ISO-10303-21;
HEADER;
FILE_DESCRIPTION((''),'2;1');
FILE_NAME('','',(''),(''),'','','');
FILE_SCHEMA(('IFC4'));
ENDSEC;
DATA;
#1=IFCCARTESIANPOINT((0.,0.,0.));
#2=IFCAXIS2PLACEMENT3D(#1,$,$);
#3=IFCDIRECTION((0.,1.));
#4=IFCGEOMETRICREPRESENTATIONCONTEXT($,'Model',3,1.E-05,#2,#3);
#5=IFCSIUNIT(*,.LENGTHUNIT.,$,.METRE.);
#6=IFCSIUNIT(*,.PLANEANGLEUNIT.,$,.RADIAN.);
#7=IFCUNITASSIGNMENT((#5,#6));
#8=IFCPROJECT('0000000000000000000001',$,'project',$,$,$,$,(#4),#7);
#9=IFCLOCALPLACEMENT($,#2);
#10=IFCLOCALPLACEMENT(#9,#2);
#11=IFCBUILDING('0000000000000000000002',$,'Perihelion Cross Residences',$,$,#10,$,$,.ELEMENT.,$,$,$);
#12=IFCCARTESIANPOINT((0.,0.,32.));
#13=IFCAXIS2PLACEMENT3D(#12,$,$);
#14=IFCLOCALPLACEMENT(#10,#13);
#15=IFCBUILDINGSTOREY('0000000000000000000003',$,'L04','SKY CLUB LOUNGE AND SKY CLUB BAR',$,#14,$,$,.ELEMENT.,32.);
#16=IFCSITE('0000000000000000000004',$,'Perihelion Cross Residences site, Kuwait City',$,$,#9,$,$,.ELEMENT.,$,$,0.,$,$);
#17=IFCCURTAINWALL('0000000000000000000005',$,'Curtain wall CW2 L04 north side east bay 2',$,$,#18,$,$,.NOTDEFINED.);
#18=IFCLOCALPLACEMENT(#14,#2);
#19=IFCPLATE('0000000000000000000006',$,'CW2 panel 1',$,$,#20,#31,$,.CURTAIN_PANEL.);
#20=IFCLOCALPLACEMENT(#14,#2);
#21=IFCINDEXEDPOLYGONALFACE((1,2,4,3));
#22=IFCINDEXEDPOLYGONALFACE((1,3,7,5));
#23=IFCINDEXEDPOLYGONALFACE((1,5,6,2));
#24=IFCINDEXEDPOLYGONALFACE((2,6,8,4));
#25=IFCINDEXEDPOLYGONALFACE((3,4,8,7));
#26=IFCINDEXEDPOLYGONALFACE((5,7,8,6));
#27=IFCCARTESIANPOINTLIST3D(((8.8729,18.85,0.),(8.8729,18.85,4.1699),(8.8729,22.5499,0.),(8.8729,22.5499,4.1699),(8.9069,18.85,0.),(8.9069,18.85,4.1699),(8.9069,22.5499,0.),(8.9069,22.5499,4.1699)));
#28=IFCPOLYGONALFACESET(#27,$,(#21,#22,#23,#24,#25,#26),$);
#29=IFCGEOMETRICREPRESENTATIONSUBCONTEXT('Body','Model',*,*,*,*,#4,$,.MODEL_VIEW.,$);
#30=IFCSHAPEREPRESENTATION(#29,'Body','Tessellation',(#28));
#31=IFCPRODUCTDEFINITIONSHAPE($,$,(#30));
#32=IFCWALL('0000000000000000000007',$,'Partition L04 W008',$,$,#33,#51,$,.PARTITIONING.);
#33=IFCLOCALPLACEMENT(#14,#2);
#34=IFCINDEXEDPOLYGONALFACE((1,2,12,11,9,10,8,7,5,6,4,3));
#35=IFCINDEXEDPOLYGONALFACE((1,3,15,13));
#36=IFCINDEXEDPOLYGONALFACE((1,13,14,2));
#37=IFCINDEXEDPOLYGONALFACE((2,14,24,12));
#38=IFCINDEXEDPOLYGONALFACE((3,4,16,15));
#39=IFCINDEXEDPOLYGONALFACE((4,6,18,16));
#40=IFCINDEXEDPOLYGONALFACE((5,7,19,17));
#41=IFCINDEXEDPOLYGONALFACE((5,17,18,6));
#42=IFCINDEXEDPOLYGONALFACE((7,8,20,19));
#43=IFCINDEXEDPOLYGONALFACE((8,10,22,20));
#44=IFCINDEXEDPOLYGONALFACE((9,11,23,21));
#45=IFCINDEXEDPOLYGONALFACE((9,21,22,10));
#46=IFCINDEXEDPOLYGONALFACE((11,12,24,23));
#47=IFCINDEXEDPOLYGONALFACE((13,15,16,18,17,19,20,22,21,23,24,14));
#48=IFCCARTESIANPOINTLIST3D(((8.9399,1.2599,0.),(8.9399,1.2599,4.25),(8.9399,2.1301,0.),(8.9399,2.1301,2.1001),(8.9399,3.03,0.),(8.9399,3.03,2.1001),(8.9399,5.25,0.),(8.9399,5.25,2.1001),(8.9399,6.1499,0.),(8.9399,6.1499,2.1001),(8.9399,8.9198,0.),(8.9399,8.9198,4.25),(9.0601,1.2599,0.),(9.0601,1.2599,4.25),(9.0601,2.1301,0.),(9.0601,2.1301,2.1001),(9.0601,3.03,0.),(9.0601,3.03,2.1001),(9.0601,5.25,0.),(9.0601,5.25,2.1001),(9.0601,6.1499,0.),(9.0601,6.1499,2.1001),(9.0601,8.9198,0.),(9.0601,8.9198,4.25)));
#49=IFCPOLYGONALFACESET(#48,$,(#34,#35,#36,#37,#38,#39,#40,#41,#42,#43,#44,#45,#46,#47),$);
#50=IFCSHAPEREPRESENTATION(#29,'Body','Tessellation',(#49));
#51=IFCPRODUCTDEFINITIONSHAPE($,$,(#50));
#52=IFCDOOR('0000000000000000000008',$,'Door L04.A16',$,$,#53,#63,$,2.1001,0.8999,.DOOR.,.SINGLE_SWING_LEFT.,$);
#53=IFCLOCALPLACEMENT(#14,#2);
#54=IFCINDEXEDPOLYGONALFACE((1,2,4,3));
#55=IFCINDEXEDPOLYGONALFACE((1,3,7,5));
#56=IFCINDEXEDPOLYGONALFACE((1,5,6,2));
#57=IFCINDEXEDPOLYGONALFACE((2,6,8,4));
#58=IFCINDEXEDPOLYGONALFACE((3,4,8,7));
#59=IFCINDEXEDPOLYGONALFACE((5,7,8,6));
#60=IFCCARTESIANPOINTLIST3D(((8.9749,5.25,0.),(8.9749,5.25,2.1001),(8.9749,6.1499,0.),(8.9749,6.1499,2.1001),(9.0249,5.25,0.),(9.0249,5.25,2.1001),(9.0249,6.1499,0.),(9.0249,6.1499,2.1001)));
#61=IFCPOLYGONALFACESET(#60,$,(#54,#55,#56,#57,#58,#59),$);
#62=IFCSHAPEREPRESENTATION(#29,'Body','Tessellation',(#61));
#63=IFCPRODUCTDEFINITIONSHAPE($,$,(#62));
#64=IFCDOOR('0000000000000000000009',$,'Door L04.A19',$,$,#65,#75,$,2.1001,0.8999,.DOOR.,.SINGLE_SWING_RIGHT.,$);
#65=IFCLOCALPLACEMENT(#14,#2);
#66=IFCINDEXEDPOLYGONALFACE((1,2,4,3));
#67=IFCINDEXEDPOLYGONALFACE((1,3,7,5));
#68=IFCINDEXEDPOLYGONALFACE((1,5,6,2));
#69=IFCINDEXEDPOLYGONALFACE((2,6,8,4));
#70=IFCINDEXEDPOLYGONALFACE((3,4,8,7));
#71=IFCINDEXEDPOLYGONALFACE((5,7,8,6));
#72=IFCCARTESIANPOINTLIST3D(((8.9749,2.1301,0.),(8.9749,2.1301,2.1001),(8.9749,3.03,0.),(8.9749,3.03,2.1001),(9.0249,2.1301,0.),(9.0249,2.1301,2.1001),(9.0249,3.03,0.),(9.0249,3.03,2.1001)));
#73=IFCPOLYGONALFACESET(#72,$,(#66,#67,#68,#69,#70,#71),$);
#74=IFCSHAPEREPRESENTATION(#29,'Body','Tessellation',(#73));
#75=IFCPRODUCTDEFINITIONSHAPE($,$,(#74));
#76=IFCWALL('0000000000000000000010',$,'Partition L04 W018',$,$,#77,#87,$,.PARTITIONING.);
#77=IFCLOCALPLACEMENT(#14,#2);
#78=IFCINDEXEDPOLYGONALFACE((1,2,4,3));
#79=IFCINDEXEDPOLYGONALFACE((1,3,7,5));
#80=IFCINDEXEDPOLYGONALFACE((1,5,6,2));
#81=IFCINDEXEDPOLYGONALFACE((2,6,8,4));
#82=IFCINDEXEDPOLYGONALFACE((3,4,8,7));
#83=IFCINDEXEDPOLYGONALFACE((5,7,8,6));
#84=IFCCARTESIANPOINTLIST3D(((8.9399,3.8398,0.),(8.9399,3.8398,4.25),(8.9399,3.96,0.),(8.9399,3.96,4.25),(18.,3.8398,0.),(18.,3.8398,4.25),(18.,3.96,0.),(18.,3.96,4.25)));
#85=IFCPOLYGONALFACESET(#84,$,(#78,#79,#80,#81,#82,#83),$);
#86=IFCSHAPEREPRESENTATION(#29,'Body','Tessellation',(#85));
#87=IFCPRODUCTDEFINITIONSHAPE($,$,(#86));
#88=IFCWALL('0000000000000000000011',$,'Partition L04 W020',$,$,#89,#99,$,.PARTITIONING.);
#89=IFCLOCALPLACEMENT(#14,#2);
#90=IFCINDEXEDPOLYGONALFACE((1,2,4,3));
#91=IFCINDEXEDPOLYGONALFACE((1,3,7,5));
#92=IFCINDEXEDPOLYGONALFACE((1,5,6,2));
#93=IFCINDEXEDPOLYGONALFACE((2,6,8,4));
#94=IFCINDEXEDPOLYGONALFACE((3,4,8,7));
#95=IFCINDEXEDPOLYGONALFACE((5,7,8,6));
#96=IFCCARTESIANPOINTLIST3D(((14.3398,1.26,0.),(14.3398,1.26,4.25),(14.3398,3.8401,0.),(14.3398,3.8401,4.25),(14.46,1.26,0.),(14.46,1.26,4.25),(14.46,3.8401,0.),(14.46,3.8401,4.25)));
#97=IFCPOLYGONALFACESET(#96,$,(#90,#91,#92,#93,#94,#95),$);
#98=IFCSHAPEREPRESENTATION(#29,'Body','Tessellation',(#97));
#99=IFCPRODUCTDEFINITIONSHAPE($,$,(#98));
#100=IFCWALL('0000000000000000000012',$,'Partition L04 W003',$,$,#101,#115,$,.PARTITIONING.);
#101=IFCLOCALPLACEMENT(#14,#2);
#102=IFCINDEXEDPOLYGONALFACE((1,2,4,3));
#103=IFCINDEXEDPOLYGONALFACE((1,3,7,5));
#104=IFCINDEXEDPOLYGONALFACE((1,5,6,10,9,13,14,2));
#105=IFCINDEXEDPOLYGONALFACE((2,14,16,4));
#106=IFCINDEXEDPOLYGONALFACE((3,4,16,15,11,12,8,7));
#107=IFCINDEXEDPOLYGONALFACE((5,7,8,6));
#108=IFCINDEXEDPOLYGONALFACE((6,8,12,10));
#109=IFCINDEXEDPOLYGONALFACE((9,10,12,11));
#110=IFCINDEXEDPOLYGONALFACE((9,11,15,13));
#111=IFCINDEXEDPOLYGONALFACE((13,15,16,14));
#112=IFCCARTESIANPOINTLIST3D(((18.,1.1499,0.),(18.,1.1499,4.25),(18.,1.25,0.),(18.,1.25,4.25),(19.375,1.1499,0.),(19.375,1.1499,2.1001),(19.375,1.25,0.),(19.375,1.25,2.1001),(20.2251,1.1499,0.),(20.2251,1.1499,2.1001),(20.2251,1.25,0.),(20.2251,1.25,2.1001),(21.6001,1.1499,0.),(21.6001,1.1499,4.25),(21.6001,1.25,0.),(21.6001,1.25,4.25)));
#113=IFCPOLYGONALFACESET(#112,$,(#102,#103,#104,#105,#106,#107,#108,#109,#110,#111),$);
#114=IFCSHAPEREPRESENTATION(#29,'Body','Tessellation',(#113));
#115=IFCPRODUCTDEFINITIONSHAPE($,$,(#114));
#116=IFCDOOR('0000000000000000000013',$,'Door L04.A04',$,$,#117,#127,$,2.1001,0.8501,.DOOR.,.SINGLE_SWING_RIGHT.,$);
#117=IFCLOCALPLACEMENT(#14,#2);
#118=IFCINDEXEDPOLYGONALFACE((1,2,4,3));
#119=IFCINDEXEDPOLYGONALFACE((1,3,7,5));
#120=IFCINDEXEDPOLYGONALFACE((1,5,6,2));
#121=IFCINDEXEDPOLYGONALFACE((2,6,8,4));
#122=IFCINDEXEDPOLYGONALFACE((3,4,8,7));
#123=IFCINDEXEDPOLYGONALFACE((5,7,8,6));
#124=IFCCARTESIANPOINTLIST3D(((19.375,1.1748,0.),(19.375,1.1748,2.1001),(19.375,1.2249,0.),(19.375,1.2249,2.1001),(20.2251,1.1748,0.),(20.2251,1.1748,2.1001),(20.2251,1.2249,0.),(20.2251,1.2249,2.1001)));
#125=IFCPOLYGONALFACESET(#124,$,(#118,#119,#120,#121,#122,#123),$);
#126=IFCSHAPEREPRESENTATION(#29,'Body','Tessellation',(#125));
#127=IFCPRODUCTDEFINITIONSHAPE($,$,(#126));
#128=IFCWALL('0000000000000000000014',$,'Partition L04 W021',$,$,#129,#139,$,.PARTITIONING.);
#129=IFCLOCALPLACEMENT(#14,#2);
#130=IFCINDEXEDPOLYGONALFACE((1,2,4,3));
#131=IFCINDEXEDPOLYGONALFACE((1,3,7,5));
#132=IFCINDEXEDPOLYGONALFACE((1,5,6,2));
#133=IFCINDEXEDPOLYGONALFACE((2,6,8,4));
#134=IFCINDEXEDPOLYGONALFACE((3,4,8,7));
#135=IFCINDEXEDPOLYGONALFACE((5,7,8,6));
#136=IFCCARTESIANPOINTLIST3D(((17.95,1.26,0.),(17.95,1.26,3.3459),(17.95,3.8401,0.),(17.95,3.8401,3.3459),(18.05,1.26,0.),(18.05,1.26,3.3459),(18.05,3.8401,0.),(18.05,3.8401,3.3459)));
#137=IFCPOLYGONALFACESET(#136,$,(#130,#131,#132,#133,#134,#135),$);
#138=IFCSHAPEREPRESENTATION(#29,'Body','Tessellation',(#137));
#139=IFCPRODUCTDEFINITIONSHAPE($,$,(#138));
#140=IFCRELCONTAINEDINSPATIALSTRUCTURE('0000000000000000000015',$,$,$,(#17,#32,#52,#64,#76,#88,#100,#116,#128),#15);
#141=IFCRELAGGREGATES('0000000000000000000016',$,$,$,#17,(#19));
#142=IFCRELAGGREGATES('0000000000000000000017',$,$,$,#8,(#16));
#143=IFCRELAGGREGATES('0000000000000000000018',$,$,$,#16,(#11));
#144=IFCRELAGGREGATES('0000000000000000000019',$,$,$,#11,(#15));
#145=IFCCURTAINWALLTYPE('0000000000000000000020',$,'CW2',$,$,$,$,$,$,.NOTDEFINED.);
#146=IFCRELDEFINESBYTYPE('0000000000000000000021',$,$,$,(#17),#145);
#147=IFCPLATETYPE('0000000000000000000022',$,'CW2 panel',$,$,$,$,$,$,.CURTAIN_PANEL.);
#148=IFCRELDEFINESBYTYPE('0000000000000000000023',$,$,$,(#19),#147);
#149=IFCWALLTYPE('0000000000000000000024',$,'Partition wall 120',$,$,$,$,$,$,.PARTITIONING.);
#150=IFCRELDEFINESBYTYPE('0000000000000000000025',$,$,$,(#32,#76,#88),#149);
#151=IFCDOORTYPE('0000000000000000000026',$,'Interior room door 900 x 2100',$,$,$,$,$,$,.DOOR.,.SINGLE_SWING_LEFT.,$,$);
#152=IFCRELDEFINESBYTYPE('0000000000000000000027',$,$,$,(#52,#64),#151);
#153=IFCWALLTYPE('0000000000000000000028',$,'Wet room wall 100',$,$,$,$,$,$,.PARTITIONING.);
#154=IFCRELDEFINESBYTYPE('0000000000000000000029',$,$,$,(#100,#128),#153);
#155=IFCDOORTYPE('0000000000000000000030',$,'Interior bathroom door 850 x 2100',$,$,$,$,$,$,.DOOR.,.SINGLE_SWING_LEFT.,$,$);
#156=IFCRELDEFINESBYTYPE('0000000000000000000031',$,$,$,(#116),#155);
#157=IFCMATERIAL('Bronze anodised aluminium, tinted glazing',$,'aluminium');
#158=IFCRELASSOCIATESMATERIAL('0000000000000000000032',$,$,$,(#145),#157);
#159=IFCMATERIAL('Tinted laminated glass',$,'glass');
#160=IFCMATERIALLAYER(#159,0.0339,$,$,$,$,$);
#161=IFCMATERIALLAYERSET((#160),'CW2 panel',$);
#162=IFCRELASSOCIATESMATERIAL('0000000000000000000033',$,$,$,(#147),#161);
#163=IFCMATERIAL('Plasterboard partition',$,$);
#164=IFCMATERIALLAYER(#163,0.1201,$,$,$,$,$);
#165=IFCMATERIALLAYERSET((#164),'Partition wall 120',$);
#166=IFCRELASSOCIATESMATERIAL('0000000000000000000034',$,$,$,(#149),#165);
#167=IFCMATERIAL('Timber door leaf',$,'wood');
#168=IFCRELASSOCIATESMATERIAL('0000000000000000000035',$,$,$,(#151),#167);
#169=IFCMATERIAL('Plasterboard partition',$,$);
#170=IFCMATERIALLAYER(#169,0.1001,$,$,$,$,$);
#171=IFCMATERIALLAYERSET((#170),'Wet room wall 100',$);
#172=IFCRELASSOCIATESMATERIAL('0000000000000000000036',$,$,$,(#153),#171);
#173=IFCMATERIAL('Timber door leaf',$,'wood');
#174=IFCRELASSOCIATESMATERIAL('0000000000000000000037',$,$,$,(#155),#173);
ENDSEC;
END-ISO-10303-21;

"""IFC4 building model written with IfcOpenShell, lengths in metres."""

from ifc_helpers import new_model, si_unit, direction, frame, frame_2d, origin, origin_2d, place, context, subcontext, project, spatial, rectangle, extrude, material, layer, layer_set, type_object, element, fill, aggregate, save


model = new_model("IFC4")

# Units and contexts
model_context = context("Model", 3, precision=1e-05, world=origin(), true_north=direction((0.0, 1.0)))
body_context = subcontext(model_context, "Body", "Model", "MODEL_VIEW")
ifc_project = project(units=[si_unit("LENGTHUNIT", "METRE"), si_unit("PLANEANGLEUNIT", "RADIAN")], contexts=[model_context])

# Site, building, storey
site_placement = place(None, origin())
site = spatial("IfcSite", under=ifc_project, at=site_placement, Name="Perihelion Cross Residences site, Kuwait City", CompositionType="ELEMENT", RefElevation=0.0)
building_placement = place(site_placement, origin())
building = spatial("IfcBuilding", under=site, at=building_placement, Name="Perihelion Cross Residences", CompositionType="ELEMENT")
storey_placement = place(building_placement, frame((0.0, 0.0, 32.0)))
storey = spatial("IfcBuildingStorey", under=building, at=storey_placement, Name="L04", Description="SKY CLUB LOUNGE AND SKY CLUB BAR", CompositionType="ELEMENT", Elevation=32.0)

# Shared definitions
ifc_material_1 = material(Name="Bronze anodised aluminium, tinted glazing", Category="aluminium")
curtain_wall_type = type_object("IfcCurtainWallType", Name="CW2", PredefinedType="NOTDEFINED", material=ifc_material_1)

# Curtain wall
curtain_wall_1_placement = place(storey_placement, origin())
curtain_wall_1 = element("IfcCurtainWall", 1, at=curtain_wall_1_placement, inside=storey, type_object=curtain_wall_type, Name="Curtain wall CW2 L04 north side east bay 2", PredefinedType="NOTDEFINED")

# Plate
ifc_material_2 = material(Name="Tinted laminated glass", Category="glass")
ifc_layer_1 = layer(ifc_material_2, 0.0339)
ifc_layer_set_1 = layer_set([ifc_layer_1], Name="CW2 panel")
plate_type = type_object("IfcPlateType", Name="CW2 panel", PredefinedType="CURTAIN_PANEL", material=ifc_layer_set_1)
plate_1_placement = place(storey_placement, frame((8.8899, 20.7, 0.0), z_axis=(0.0, 0.0, 1.0), x_axis=(0.0, 1.0, 0.0)))
plate_1 = element("IfcPlate", 2, at=plate_1_placement, type_object=plate_type, Name="CW2 panel 1", PredefinedType="CURTAIN_PANEL", context=body_context, shape_type="SweptSolid", body=[
    extrude(rectangle(XDim=3.7, YDim=0.0339, at=origin_2d()), origin(), (0.0, 0.0, 1.0), 4.1699),
])
aggregate(curtain_wall_1, [plate_1])

# Wall, openings, doors
ifc_material_3 = material(Name="Plasterboard partition")
ifc_layer_2 = layer(ifc_material_3, 0.1201)
ifc_layer_set_2 = layer_set([ifc_layer_2], Name="Partition wall 120")
wall_type_1 = type_object("IfcWallType", Name="Partition wall 120", PredefinedType="PARTITIONING", material=ifc_layer_set_2)
wall_1_placement = place(storey_placement, frame((9.0, 8.9199, 0.0), z_axis=(0.0, 0.0, 1.0), x_axis=(0.0, -1.0, 0.0)))
wall_1 = element("IfcWall", 3, at=wall_1_placement, inside=storey, type_object=wall_type_1, Name="Partition L04 W008", PredefinedType="PARTITIONING", context=body_context, shape_type="SweptSolid", body=[
    extrude(rectangle(XDim=7.6599, YDim=0.1201, at=frame_2d((3.8301, 0.0))), origin(), (0.0, 0.0, 1.0), 4.25),
])
opening_1_placement = place(wall_1_placement, frame((2.77, 0.0, 0.0)))
opening_1 = element("IfcOpeningElement", 4, at=opening_1_placement, cuts=wall_1, PredefinedType="OPENING", context=body_context, shape_type="SweptSolid", body=[
    extrude(rectangle(XDim=0.8999, YDim=2.1001, at=frame_2d((0.45, 1.05))), frame((0.0, 0.0701, 0.0), z_axis=(0.0, -1.0, 0.0), x_axis=(1.0, 0.0, 0.0)), (0.0, 0.0, 1.0), 0.1401),
])
opening_2_placement = place(wall_1_placement, frame((5.8899, 0.0, 0.0)))
opening_2 = element("IfcOpeningElement", 5, at=opening_2_placement, cuts=wall_1, PredefinedType="OPENING", context=body_context, shape_type="SweptSolid", body=[
    extrude(rectangle(XDim=0.8999, YDim=2.1001, at=frame_2d((0.45, 1.05))), frame((0.0, 0.0701, 0.0), z_axis=(0.0, -1.0, 0.0), x_axis=(1.0, 0.0, 0.0)), (0.0, 0.0, 1.0), 0.1401),
])
ifc_material_4 = material(Name="Timber door leaf", Category="wood")
door_type_1 = type_object("IfcDoorType", Name="Interior room door 900 x 2100", OperationType="SINGLE_SWING_LEFT", PredefinedType="DOOR", material=ifc_material_4)
door_1_placement = place(opening_1_placement, origin())
door_1 = element("IfcDoor", 6, at=door_1_placement, inside=storey, type_object=door_type_1, Name="Door L04.A16", OperationType="SINGLE_SWING_LEFT", OverallHeight=2.1001, OverallWidth=0.8999, PredefinedType="DOOR", context=body_context, shape_type="SweptSolid", body=[
    extrude(rectangle(XDim=0.8999, YDim=2.1001, at=frame_2d((0.45, 1.05))), frame((0.0, 0.0249, 0.0), z_axis=(0.0, -1.0, 0.0), x_axis=(1.0, 0.0, 0.0)), (0.0, 0.0, 1.0), 0.05),
])
fill(opening_1, door_1)
door_2_placement = place(opening_2_placement, origin())
door_2 = element("IfcDoor", 7, at=door_2_placement, inside=storey, type_object=door_type_1, Name="Door L04.A19", OperationType="SINGLE_SWING_RIGHT", OverallHeight=2.1001, OverallWidth=0.8999, PredefinedType="DOOR", context=body_context, shape_type="SweptSolid", body=[
    extrude(rectangle(XDim=0.8999, YDim=2.1001, at=frame_2d((0.45, 1.05))), frame((0.0, 0.0249, 0.0), z_axis=(0.0, -1.0, 0.0), x_axis=(1.0, 0.0, 0.0)), (0.0, 0.0, 1.0), 0.05),
])
fill(opening_2, door_2)

# Walls
wall_2_placement = place(storey_placement, frame((18.0, 3.8999, 0.0), z_axis=(0.0, 0.0, 1.0), x_axis=(-1.0, 0.0, 0.0)))
element("IfcWall", 8, at=wall_2_placement, inside=storey, type_object=wall_type_1, Name="Partition L04 W018", PredefinedType="PARTITIONING", context=body_context, shape_type="SweptSolid", body=[
    extrude(rectangle(XDim=9.0601, YDim=0.1201, at=frame_2d((4.53, 0.0))), origin(), (0.0, 0.0, 1.0), 4.25),
])
wall_3_placement = place(storey_placement, frame((14.3999, 3.8401, 0.0), z_axis=(0.0, 0.0, 1.0), x_axis=(0.0, -1.0, 0.0)))
element("IfcWall", 9, at=wall_3_placement, inside=storey, type_object=wall_type_1, Name="Partition L04 W020", PredefinedType="PARTITIONING", context=body_context, shape_type="SweptSolid", body=[
    extrude(rectangle(XDim=2.5801, YDim=0.1201, at=frame_2d((1.29, 0.0))), origin(), (0.0, 0.0, 1.0), 4.25),
])

# Wall, opening, door
ifc_material_5 = material(Name="Plasterboard partition")
ifc_layer_3 = layer(ifc_material_5, 0.1001)
ifc_layer_set_3 = layer_set([ifc_layer_3], Name="Wet room wall 100")
wall_type_2 = type_object("IfcWallType", Name="Wet room wall 100", PredefinedType="PARTITIONING", material=ifc_layer_set_3)
wall_4_placement = place(storey_placement, frame((18.0, 1.2, 0.0), z_axis=(0.0, 0.0, 1.0), x_axis=(1.0, 0.0, 0.0)))
wall_4 = element("IfcWall", 10, at=wall_4_placement, inside=storey, type_object=wall_type_2, Name="Partition L04 W003", PredefinedType="PARTITIONING", context=body_context, shape_type="SweptSolid", body=[
    extrude(rectangle(XDim=3.6001, YDim=0.1001, at=frame_2d((1.8, 0.0))), origin(), (0.0, 0.0, 1.0), 4.25),
])
opening_3_placement = place(wall_4_placement, frame((1.375, 0.0, 0.0)))
opening_3 = element("IfcOpeningElement", 11, at=opening_3_placement, cuts=wall_4, PredefinedType="OPENING", context=body_context, shape_type="SweptSolid", body=[
    extrude(rectangle(XDim=0.8501, YDim=2.1001, at=frame_2d((0.425, 1.05))), frame((0.0, 0.0601, 0.0), z_axis=(0.0, -1.0, 0.0), x_axis=(1.0, 0.0, 0.0)), (0.0, 0.0, 1.0), 0.1201),
])
ifc_material_6 = material(Name="Timber door leaf", Category="wood")
door_type_2 = type_object("IfcDoorType", Name="Interior bathroom door 850 x 2100", OperationType="SINGLE_SWING_LEFT", PredefinedType="DOOR", material=ifc_material_6)
door_3_placement = place(opening_3_placement, origin())
door_3 = element("IfcDoor", 12, at=door_3_placement, inside=storey, type_object=door_type_2, Name="Door L04.A04", OperationType="SINGLE_SWING_RIGHT", OverallHeight=2.1001, OverallWidth=0.8501, PredefinedType="DOOR", context=body_context, shape_type="SweptSolid", body=[
    extrude(rectangle(XDim=0.8501, YDim=2.1001, at=frame_2d((0.425, 1.05))), frame((0.0, 0.0249, 0.0), z_axis=(0.0, -1.0, 0.0), x_axis=(1.0, 0.0, 0.0)), (0.0, 0.0, 1.0), 0.05),
])
fill(opening_3, door_3)

# Wall
wall_5_placement = place(storey_placement, frame((18.0, 3.8401, 0.0), z_axis=(0.0, 0.0, 1.0), x_axis=(0.0, -1.0, 0.0)))
element("IfcWall", 13, at=wall_5_placement, inside=storey, type_object=wall_type_2, Name="Partition L04 W021", PredefinedType="PARTITIONING", context=body_context, shape_type="SweptSolid", body=[
    extrude(rectangle(XDim=2.5801, YDim=0.1001, at=frame_2d((1.29, 0.0))), origin(), (0.0, 0.0, 1.0), 3.3459),
])

save(model, "model.ifc")
